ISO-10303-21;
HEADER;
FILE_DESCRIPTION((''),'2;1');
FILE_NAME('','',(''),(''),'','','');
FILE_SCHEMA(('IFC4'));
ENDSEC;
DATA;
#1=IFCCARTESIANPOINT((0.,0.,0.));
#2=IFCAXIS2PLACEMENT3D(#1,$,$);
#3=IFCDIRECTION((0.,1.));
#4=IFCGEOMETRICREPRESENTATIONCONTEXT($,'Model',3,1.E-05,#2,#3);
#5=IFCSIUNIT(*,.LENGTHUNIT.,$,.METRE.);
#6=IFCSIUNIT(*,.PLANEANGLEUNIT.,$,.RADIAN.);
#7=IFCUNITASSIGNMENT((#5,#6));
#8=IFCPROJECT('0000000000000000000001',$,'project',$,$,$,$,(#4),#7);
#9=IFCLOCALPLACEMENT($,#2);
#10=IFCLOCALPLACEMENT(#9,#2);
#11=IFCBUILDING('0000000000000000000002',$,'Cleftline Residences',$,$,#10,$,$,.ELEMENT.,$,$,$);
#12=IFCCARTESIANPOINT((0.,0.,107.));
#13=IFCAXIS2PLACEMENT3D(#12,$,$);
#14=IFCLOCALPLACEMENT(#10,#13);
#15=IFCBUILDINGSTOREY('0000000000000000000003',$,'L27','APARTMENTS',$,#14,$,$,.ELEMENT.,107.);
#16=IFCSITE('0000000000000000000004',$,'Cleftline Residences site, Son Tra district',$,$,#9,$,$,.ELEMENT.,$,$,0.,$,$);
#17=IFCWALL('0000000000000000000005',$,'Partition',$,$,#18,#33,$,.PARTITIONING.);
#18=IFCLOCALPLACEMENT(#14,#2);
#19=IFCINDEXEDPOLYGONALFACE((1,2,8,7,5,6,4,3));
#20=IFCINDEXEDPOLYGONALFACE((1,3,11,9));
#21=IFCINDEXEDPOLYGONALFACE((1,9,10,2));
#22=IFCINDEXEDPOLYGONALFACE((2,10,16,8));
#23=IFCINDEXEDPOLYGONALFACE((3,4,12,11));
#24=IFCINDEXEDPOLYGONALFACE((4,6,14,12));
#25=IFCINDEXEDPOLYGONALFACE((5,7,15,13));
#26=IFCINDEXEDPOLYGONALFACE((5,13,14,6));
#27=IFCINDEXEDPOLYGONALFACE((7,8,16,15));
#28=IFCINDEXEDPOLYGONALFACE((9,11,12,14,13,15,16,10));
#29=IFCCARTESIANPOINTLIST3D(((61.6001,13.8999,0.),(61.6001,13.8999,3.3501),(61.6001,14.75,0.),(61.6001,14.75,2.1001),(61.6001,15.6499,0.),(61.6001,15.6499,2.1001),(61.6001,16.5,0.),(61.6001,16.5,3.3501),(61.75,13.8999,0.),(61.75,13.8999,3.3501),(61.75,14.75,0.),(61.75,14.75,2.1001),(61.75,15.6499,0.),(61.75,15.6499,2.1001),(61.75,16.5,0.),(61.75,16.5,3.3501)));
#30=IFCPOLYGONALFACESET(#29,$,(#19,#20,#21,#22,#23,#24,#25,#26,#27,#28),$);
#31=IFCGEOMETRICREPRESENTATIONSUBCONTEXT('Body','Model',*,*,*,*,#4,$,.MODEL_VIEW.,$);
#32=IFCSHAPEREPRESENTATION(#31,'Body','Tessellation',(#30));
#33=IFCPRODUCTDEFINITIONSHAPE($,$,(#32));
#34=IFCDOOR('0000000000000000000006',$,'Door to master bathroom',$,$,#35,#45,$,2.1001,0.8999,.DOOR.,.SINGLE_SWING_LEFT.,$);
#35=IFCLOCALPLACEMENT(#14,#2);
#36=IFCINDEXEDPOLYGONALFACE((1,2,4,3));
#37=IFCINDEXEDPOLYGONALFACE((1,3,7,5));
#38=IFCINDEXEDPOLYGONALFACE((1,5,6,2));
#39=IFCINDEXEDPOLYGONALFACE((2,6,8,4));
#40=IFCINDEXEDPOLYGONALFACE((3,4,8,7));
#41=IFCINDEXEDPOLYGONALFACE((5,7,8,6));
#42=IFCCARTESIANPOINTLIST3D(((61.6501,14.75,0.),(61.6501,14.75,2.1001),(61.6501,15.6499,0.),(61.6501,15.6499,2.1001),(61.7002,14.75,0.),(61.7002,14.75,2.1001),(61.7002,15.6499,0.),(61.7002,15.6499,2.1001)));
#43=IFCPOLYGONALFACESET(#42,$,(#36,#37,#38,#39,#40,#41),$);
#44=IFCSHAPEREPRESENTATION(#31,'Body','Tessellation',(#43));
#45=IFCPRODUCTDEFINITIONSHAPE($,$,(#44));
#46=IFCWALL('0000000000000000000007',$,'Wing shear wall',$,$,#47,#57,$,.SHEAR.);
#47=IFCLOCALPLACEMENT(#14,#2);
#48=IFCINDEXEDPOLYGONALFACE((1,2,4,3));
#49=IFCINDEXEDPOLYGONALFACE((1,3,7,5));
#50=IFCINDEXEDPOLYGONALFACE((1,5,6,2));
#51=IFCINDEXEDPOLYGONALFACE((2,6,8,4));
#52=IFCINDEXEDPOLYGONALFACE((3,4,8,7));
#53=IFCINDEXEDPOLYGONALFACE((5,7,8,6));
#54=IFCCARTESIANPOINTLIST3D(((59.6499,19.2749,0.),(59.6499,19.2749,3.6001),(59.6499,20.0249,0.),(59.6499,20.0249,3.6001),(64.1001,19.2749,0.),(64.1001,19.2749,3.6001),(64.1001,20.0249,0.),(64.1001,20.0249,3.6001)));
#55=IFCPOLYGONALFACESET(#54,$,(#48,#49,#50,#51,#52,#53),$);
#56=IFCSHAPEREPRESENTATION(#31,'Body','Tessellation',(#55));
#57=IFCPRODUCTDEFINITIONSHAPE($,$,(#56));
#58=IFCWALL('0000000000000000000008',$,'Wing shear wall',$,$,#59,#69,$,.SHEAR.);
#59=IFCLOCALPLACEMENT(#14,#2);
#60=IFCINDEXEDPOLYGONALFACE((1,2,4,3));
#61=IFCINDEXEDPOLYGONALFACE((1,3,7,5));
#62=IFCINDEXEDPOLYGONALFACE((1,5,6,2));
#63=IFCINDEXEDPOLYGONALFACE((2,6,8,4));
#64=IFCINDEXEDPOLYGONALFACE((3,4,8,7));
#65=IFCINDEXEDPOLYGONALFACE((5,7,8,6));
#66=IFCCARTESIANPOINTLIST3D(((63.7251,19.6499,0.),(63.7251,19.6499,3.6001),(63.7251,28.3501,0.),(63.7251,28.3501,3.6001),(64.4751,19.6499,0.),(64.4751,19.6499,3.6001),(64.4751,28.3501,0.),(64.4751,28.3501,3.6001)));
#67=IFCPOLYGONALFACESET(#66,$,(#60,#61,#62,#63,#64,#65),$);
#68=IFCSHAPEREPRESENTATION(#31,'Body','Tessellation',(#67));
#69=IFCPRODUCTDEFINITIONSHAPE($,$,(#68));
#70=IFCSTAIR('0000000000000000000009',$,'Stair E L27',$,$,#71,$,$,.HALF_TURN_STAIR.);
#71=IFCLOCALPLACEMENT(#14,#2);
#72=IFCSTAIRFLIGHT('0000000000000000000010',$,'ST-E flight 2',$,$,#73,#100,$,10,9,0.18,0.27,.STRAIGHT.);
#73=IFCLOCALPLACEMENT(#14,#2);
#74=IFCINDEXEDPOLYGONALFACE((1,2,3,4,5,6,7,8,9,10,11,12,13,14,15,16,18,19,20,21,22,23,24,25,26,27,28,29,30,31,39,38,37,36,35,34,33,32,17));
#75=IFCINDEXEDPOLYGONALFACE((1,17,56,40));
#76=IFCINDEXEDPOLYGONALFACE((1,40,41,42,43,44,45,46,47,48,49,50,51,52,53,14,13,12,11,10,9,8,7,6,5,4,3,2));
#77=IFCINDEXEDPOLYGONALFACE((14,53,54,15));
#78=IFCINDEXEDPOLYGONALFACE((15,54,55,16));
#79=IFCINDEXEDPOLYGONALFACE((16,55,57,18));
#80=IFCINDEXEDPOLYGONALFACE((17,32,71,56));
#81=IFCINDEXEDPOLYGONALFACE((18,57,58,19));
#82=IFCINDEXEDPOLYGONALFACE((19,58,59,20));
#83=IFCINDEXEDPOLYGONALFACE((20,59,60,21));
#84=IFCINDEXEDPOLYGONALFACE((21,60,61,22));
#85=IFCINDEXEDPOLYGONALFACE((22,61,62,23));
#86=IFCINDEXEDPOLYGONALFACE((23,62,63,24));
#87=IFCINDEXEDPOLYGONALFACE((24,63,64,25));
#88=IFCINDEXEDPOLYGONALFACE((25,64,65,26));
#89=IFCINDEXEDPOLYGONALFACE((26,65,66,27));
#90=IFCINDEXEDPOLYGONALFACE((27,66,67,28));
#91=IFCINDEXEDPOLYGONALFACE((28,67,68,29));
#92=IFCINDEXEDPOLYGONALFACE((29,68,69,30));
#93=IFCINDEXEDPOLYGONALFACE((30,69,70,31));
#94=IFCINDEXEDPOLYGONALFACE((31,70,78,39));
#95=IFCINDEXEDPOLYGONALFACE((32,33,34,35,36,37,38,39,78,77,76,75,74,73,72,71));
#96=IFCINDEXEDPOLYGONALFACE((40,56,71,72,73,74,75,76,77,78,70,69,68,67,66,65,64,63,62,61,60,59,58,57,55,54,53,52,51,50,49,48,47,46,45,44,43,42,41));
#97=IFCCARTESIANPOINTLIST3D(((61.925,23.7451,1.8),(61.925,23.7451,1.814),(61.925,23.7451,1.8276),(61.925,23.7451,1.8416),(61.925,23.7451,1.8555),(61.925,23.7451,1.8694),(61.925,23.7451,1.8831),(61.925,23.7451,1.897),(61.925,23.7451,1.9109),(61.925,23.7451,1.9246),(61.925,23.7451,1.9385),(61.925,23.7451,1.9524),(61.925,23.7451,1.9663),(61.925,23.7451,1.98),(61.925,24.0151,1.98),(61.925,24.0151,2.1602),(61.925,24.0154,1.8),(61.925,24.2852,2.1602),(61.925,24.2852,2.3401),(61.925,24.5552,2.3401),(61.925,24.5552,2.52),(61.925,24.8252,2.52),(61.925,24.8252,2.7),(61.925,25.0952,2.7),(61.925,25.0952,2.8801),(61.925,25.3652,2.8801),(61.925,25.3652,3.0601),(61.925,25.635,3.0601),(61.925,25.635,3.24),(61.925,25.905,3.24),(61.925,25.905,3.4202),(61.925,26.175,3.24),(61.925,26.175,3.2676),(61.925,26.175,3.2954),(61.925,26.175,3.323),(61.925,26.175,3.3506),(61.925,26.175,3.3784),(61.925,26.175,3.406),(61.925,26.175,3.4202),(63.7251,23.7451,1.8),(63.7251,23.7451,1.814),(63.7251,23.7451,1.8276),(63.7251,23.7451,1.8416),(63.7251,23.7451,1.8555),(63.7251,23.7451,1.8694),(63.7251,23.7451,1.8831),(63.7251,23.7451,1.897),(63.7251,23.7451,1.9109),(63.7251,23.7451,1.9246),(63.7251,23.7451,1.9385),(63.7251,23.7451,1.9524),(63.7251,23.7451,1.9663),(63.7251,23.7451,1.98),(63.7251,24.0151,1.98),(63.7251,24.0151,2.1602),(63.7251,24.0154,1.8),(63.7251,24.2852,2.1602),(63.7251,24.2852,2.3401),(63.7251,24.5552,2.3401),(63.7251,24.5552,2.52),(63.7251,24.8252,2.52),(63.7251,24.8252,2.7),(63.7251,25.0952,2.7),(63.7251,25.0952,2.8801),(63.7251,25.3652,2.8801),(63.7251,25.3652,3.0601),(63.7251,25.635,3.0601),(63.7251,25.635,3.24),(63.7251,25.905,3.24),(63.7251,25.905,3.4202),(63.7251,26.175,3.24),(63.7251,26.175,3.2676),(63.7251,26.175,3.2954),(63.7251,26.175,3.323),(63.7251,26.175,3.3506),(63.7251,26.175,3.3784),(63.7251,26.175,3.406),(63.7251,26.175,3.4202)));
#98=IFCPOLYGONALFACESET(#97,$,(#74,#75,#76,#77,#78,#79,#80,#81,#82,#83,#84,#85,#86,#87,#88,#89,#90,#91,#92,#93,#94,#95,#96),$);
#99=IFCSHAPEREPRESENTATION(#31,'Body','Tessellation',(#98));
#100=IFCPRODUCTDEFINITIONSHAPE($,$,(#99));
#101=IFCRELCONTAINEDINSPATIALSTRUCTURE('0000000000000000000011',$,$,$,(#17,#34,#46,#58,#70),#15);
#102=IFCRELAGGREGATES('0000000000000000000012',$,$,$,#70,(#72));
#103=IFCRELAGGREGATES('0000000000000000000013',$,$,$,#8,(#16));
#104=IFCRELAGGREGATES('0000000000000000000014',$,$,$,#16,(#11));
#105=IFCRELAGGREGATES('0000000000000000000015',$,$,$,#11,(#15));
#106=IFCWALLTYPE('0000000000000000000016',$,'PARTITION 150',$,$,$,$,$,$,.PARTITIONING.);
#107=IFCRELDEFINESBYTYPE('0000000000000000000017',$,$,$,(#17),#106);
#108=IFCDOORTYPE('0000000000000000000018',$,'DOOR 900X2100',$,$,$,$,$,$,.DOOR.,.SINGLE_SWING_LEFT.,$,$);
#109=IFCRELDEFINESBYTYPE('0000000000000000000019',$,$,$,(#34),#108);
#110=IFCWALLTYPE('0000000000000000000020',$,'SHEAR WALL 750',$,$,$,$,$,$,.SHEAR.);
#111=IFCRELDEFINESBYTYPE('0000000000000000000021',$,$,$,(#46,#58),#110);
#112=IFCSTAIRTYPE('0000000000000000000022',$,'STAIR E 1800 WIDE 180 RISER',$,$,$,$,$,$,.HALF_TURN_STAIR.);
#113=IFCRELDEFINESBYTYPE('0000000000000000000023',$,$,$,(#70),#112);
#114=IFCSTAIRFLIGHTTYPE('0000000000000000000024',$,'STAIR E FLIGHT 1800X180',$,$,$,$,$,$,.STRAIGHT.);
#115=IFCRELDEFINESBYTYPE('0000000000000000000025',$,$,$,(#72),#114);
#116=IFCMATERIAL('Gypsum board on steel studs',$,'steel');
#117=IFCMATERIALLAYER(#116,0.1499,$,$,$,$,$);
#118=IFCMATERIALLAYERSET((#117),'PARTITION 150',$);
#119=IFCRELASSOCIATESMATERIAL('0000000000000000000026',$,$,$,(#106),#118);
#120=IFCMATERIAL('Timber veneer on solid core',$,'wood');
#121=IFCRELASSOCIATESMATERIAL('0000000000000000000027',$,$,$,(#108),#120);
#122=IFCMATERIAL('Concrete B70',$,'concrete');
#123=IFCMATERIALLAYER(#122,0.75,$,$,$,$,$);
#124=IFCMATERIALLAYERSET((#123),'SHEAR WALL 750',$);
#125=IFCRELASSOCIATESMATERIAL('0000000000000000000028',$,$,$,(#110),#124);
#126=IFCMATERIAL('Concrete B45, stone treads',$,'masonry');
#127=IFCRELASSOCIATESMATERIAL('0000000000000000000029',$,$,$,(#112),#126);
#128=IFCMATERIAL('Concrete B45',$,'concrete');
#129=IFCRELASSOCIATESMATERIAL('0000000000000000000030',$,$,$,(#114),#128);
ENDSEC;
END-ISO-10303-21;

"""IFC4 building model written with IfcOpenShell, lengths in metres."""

from ifc_helpers import new_model, si_unit, direction, frame, frame_2d, origin, place, context, subcontext, project, spatial, polyline, rectangle, outline, extrude, material, layer, layer_set, type_object, element, fill, aggregate, save


model = new_model("IFC4")

# Units and contexts
model_context = context("Model", 3, precision=1e-05, world=origin(), true_north=direction((0.0, 1.0)))
body_context = subcontext(model_context, "Body", "Model", "MODEL_VIEW")
ifc_project = project(units=[si_unit("LENGTHUNIT", "METRE"), si_unit("PLANEANGLEUNIT", "RADIAN")], contexts=[model_context])

# Site, building, storey
site_placement = place(None, origin())
site = spatial("IfcSite", under=ifc_project, at=site_placement, Name="Cleftline Residences site, Son Tra district", CompositionType="ELEMENT", RefElevation=0.0)
building_placement = place(site_placement, origin())
building = spatial("IfcBuilding", under=site, at=building_placement, Name="Cleftline Residences", CompositionType="ELEMENT")
storey_placement = place(building_placement, frame((0.0, 0.0, 107.0)))
storey = spatial("IfcBuildingStorey", under=building, at=storey_placement, Name="L27", Description="APARTMENTS", CompositionType="ELEMENT", Elevation=107.0)

# Shared definitions
ifc_material_1 = material(Name="Gypsum board on steel studs", Category="steel")
ifc_layer_1 = layer(ifc_material_1, 0.1499)
ifc_layer_set_1 = layer_set([ifc_layer_1], Name="PARTITION 150")
wall_type_1 = type_object("IfcWallType", Name="PARTITION 150", PredefinedType="PARTITIONING", material=ifc_layer_set_1)

# Wall, opening, door
wall_1_placement = place(storey_placement, frame((61.675, 13.8999, 0.0), z_axis=(0.0, 0.0, 1.0), x_axis=(0.0, 1.0, 0.0)))
wall_1 = element("IfcWall", 1, at=wall_1_placement, inside=storey, type_object=wall_type_1, Name="Partition", PredefinedType="PARTITIONING", context=body_context, shape_type="SweptSolid", body=[
    extrude(rectangle(XDim=2.6001, YDim=0.1499, at=frame_2d((1.3, 0.0))), origin(), (0.0, 0.0, 1.0), 3.3501),
])
opening_1_placement = place(wall_1_placement, frame((0.8501, 0.0, 0.0)))
opening_1 = element("IfcOpeningElement", 2, at=opening_1_placement, cuts=wall_1, PredefinedType="OPENING", context=body_context, shape_type="SweptSolid", body=[
    extrude(rectangle(XDim=0.8999, YDim=2.1001, at=frame_2d((0.45, 1.05))), frame((0.0, 0.085, 0.0), z_axis=(0.0, -1.0, 0.0), x_axis=(1.0, 0.0, 0.0)), (0.0, 0.0, 1.0), 0.1699),
])
ifc_material_2 = material(Name="Timber veneer on solid core", Category="wood")
door_type_1 = type_object("IfcDoorType", Name="DOOR 900X2100", OperationType="SINGLE_SWING_LEFT", PredefinedType="DOOR", material=ifc_material_2)
door_1_placement = place(opening_1_placement, origin())
door_1 = element("IfcDoor", 3, at=door_1_placement, inside=storey, type_object=door_type_1, Name="Door to master bathroom", OperationType="SINGLE_SWING_LEFT", OverallHeight=2.1001, OverallWidth=0.8999, PredefinedType="DOOR", context=body_context, shape_type="SweptSolid", body=[
    extrude(rectangle(XDim=0.8999, YDim=2.1001, at=frame_2d((0.45, 1.05))), frame((0.0, 0.0249, 0.0), z_axis=(0.0, -1.0, 0.0), x_axis=(1.0, 0.0, 0.0)), (0.0, 0.0, 1.0), 0.05),
])
fill(opening_1, door_1)

# Walls
ifc_material_3 = material(Name="Concrete B70", Category="concrete")
ifc_layer_2 = layer(ifc_material_3, 0.75)
ifc_layer_set_2 = layer_set([ifc_layer_2], Name="SHEAR WALL 750")
wall_type_2 = type_object("IfcWallType", Name="SHEAR WALL 750", PredefinedType="SHEAR", material=ifc_layer_set_2)
wall_2_placement = place(storey_placement, frame((59.6499, 19.6499, 0.0), z_axis=(0.0, 0.0, 1.0), x_axis=(1.0, 0.0, 0.0)))
element("IfcWall", 4, at=wall_2_placement, inside=storey, type_object=wall_type_2, Name="Wing shear wall", PredefinedType="SHEAR", context=body_context, shape_type="SweptSolid", body=[
    extrude(rectangle(XDim=4.4502, YDim=0.75, at=frame_2d((2.2251, 0.0))), origin(), (0.0, 0.0, 1.0), 3.6001),
])
wall_3_placement = place(storey_placement, frame((64.1001, 19.6499, 0.0), z_axis=(0.0, 0.0, 1.0), x_axis=(0.0, 1.0, 0.0)))
element("IfcWall", 5, at=wall_3_placement, inside=storey, type_object=wall_type_2, Name="Wing shear wall", PredefinedType="SHEAR", context=body_context, shape_type="SweptSolid", body=[
    extrude(rectangle(XDim=8.7002, YDim=0.75, at=frame_2d((4.3501, 0.0))), origin(), (0.0, 0.0, 1.0), 3.6001),
])

# Stair, stair flight
ifc_material_4 = material(Name="Concrete B45, stone treads", Category="masonry")
stair_type = type_object("IfcStairType", Name="STAIR E 1800 WIDE 180 RISER", PredefinedType="HALF_TURN_STAIR", material=ifc_material_4)
stair_placement = place(storey_placement, origin())
stair = element("IfcStair", 6, at=stair_placement, inside=storey, type_object=stair_type, Name="Stair E L27", PredefinedType="HALF_TURN_STAIR")
ifc_material_5 = material(Name="Concrete B45", Category="concrete")
stair_flight_type = type_object("IfcStairFlightType", Name="STAIR E FLIGHT 1800X180", PredefinedType="STRAIGHT", material=ifc_material_5)
stair_flight_placement = place(storey_placement, frame((62.825, 23.7451, 1.8), z_axis=(0.0, 0.0, 1.0), x_axis=(0.0, 1.0, 0.0)))
stair_flight = element("IfcStairFlight", 7, at=stair_flight_placement, type_object=stair_flight_type, Name="ST-E flight 2", NumberOfRisers=10, NumberOfTreads=9, PredefinedType="STRAIGHT", RiserHeight=0.18, TreadLength=0.27, context=body_context, shape_type="SweptSolid", body=[
    extrude(outline(polyline([(0.0, 0.0), (0.0, 0.0139), (0.0, 0.0276), (0.0, 0.0415), (0.0, 0.0554), (0.0, 0.0693), (0.0, 0.083), (0.0, 0.0969), (0.0, 0.1108), (0.0, 0.1245), (0.0, 0.1384), (0.0, 0.1523), (0.0, 0.1663), (0.0, 0.1799), (0.27, 0.1799), (0.27, 0.3601), (0.54, 0.3601), (0.54, 0.54), (0.8101, 0.54), (0.8101, 0.72), (1.0801, 0.72), (1.0801, 0.8999), (1.3501, 0.8999), (1.3501, 1.0801), (1.6201, 1.0801), (1.6201, 1.26), (1.8899, 1.26), (1.8899, 1.4399), (2.1599, 1.4399), (2.1599, 1.6201), (2.4299, 1.6201), (2.4299, 1.8), (2.4299, 1.7722), (2.4299, 1.7446), (2.4299, 1.7168), (2.4299, 1.6892), (2.4299, 1.6614), (2.4299, 1.6338), (2.4299, 1.606), (2.4299, 1.5784), (2.4299, 1.5505), (2.4299, 1.5229), (2.4299, 1.4954), (2.4299, 1.4675), (2.4299, 1.4399), (0.2703, 0.0), (0.0, 0.0)])), frame((0.0, 0.8999, 0.0), z_axis=(0.0, -1.0, 0.0), x_axis=(1.0, 0.0, 0.0)), (0.0, 0.0, 1.0), 1.8),
])
aggregate(stair, [stair_flight])

save(model, "model.ifc")
